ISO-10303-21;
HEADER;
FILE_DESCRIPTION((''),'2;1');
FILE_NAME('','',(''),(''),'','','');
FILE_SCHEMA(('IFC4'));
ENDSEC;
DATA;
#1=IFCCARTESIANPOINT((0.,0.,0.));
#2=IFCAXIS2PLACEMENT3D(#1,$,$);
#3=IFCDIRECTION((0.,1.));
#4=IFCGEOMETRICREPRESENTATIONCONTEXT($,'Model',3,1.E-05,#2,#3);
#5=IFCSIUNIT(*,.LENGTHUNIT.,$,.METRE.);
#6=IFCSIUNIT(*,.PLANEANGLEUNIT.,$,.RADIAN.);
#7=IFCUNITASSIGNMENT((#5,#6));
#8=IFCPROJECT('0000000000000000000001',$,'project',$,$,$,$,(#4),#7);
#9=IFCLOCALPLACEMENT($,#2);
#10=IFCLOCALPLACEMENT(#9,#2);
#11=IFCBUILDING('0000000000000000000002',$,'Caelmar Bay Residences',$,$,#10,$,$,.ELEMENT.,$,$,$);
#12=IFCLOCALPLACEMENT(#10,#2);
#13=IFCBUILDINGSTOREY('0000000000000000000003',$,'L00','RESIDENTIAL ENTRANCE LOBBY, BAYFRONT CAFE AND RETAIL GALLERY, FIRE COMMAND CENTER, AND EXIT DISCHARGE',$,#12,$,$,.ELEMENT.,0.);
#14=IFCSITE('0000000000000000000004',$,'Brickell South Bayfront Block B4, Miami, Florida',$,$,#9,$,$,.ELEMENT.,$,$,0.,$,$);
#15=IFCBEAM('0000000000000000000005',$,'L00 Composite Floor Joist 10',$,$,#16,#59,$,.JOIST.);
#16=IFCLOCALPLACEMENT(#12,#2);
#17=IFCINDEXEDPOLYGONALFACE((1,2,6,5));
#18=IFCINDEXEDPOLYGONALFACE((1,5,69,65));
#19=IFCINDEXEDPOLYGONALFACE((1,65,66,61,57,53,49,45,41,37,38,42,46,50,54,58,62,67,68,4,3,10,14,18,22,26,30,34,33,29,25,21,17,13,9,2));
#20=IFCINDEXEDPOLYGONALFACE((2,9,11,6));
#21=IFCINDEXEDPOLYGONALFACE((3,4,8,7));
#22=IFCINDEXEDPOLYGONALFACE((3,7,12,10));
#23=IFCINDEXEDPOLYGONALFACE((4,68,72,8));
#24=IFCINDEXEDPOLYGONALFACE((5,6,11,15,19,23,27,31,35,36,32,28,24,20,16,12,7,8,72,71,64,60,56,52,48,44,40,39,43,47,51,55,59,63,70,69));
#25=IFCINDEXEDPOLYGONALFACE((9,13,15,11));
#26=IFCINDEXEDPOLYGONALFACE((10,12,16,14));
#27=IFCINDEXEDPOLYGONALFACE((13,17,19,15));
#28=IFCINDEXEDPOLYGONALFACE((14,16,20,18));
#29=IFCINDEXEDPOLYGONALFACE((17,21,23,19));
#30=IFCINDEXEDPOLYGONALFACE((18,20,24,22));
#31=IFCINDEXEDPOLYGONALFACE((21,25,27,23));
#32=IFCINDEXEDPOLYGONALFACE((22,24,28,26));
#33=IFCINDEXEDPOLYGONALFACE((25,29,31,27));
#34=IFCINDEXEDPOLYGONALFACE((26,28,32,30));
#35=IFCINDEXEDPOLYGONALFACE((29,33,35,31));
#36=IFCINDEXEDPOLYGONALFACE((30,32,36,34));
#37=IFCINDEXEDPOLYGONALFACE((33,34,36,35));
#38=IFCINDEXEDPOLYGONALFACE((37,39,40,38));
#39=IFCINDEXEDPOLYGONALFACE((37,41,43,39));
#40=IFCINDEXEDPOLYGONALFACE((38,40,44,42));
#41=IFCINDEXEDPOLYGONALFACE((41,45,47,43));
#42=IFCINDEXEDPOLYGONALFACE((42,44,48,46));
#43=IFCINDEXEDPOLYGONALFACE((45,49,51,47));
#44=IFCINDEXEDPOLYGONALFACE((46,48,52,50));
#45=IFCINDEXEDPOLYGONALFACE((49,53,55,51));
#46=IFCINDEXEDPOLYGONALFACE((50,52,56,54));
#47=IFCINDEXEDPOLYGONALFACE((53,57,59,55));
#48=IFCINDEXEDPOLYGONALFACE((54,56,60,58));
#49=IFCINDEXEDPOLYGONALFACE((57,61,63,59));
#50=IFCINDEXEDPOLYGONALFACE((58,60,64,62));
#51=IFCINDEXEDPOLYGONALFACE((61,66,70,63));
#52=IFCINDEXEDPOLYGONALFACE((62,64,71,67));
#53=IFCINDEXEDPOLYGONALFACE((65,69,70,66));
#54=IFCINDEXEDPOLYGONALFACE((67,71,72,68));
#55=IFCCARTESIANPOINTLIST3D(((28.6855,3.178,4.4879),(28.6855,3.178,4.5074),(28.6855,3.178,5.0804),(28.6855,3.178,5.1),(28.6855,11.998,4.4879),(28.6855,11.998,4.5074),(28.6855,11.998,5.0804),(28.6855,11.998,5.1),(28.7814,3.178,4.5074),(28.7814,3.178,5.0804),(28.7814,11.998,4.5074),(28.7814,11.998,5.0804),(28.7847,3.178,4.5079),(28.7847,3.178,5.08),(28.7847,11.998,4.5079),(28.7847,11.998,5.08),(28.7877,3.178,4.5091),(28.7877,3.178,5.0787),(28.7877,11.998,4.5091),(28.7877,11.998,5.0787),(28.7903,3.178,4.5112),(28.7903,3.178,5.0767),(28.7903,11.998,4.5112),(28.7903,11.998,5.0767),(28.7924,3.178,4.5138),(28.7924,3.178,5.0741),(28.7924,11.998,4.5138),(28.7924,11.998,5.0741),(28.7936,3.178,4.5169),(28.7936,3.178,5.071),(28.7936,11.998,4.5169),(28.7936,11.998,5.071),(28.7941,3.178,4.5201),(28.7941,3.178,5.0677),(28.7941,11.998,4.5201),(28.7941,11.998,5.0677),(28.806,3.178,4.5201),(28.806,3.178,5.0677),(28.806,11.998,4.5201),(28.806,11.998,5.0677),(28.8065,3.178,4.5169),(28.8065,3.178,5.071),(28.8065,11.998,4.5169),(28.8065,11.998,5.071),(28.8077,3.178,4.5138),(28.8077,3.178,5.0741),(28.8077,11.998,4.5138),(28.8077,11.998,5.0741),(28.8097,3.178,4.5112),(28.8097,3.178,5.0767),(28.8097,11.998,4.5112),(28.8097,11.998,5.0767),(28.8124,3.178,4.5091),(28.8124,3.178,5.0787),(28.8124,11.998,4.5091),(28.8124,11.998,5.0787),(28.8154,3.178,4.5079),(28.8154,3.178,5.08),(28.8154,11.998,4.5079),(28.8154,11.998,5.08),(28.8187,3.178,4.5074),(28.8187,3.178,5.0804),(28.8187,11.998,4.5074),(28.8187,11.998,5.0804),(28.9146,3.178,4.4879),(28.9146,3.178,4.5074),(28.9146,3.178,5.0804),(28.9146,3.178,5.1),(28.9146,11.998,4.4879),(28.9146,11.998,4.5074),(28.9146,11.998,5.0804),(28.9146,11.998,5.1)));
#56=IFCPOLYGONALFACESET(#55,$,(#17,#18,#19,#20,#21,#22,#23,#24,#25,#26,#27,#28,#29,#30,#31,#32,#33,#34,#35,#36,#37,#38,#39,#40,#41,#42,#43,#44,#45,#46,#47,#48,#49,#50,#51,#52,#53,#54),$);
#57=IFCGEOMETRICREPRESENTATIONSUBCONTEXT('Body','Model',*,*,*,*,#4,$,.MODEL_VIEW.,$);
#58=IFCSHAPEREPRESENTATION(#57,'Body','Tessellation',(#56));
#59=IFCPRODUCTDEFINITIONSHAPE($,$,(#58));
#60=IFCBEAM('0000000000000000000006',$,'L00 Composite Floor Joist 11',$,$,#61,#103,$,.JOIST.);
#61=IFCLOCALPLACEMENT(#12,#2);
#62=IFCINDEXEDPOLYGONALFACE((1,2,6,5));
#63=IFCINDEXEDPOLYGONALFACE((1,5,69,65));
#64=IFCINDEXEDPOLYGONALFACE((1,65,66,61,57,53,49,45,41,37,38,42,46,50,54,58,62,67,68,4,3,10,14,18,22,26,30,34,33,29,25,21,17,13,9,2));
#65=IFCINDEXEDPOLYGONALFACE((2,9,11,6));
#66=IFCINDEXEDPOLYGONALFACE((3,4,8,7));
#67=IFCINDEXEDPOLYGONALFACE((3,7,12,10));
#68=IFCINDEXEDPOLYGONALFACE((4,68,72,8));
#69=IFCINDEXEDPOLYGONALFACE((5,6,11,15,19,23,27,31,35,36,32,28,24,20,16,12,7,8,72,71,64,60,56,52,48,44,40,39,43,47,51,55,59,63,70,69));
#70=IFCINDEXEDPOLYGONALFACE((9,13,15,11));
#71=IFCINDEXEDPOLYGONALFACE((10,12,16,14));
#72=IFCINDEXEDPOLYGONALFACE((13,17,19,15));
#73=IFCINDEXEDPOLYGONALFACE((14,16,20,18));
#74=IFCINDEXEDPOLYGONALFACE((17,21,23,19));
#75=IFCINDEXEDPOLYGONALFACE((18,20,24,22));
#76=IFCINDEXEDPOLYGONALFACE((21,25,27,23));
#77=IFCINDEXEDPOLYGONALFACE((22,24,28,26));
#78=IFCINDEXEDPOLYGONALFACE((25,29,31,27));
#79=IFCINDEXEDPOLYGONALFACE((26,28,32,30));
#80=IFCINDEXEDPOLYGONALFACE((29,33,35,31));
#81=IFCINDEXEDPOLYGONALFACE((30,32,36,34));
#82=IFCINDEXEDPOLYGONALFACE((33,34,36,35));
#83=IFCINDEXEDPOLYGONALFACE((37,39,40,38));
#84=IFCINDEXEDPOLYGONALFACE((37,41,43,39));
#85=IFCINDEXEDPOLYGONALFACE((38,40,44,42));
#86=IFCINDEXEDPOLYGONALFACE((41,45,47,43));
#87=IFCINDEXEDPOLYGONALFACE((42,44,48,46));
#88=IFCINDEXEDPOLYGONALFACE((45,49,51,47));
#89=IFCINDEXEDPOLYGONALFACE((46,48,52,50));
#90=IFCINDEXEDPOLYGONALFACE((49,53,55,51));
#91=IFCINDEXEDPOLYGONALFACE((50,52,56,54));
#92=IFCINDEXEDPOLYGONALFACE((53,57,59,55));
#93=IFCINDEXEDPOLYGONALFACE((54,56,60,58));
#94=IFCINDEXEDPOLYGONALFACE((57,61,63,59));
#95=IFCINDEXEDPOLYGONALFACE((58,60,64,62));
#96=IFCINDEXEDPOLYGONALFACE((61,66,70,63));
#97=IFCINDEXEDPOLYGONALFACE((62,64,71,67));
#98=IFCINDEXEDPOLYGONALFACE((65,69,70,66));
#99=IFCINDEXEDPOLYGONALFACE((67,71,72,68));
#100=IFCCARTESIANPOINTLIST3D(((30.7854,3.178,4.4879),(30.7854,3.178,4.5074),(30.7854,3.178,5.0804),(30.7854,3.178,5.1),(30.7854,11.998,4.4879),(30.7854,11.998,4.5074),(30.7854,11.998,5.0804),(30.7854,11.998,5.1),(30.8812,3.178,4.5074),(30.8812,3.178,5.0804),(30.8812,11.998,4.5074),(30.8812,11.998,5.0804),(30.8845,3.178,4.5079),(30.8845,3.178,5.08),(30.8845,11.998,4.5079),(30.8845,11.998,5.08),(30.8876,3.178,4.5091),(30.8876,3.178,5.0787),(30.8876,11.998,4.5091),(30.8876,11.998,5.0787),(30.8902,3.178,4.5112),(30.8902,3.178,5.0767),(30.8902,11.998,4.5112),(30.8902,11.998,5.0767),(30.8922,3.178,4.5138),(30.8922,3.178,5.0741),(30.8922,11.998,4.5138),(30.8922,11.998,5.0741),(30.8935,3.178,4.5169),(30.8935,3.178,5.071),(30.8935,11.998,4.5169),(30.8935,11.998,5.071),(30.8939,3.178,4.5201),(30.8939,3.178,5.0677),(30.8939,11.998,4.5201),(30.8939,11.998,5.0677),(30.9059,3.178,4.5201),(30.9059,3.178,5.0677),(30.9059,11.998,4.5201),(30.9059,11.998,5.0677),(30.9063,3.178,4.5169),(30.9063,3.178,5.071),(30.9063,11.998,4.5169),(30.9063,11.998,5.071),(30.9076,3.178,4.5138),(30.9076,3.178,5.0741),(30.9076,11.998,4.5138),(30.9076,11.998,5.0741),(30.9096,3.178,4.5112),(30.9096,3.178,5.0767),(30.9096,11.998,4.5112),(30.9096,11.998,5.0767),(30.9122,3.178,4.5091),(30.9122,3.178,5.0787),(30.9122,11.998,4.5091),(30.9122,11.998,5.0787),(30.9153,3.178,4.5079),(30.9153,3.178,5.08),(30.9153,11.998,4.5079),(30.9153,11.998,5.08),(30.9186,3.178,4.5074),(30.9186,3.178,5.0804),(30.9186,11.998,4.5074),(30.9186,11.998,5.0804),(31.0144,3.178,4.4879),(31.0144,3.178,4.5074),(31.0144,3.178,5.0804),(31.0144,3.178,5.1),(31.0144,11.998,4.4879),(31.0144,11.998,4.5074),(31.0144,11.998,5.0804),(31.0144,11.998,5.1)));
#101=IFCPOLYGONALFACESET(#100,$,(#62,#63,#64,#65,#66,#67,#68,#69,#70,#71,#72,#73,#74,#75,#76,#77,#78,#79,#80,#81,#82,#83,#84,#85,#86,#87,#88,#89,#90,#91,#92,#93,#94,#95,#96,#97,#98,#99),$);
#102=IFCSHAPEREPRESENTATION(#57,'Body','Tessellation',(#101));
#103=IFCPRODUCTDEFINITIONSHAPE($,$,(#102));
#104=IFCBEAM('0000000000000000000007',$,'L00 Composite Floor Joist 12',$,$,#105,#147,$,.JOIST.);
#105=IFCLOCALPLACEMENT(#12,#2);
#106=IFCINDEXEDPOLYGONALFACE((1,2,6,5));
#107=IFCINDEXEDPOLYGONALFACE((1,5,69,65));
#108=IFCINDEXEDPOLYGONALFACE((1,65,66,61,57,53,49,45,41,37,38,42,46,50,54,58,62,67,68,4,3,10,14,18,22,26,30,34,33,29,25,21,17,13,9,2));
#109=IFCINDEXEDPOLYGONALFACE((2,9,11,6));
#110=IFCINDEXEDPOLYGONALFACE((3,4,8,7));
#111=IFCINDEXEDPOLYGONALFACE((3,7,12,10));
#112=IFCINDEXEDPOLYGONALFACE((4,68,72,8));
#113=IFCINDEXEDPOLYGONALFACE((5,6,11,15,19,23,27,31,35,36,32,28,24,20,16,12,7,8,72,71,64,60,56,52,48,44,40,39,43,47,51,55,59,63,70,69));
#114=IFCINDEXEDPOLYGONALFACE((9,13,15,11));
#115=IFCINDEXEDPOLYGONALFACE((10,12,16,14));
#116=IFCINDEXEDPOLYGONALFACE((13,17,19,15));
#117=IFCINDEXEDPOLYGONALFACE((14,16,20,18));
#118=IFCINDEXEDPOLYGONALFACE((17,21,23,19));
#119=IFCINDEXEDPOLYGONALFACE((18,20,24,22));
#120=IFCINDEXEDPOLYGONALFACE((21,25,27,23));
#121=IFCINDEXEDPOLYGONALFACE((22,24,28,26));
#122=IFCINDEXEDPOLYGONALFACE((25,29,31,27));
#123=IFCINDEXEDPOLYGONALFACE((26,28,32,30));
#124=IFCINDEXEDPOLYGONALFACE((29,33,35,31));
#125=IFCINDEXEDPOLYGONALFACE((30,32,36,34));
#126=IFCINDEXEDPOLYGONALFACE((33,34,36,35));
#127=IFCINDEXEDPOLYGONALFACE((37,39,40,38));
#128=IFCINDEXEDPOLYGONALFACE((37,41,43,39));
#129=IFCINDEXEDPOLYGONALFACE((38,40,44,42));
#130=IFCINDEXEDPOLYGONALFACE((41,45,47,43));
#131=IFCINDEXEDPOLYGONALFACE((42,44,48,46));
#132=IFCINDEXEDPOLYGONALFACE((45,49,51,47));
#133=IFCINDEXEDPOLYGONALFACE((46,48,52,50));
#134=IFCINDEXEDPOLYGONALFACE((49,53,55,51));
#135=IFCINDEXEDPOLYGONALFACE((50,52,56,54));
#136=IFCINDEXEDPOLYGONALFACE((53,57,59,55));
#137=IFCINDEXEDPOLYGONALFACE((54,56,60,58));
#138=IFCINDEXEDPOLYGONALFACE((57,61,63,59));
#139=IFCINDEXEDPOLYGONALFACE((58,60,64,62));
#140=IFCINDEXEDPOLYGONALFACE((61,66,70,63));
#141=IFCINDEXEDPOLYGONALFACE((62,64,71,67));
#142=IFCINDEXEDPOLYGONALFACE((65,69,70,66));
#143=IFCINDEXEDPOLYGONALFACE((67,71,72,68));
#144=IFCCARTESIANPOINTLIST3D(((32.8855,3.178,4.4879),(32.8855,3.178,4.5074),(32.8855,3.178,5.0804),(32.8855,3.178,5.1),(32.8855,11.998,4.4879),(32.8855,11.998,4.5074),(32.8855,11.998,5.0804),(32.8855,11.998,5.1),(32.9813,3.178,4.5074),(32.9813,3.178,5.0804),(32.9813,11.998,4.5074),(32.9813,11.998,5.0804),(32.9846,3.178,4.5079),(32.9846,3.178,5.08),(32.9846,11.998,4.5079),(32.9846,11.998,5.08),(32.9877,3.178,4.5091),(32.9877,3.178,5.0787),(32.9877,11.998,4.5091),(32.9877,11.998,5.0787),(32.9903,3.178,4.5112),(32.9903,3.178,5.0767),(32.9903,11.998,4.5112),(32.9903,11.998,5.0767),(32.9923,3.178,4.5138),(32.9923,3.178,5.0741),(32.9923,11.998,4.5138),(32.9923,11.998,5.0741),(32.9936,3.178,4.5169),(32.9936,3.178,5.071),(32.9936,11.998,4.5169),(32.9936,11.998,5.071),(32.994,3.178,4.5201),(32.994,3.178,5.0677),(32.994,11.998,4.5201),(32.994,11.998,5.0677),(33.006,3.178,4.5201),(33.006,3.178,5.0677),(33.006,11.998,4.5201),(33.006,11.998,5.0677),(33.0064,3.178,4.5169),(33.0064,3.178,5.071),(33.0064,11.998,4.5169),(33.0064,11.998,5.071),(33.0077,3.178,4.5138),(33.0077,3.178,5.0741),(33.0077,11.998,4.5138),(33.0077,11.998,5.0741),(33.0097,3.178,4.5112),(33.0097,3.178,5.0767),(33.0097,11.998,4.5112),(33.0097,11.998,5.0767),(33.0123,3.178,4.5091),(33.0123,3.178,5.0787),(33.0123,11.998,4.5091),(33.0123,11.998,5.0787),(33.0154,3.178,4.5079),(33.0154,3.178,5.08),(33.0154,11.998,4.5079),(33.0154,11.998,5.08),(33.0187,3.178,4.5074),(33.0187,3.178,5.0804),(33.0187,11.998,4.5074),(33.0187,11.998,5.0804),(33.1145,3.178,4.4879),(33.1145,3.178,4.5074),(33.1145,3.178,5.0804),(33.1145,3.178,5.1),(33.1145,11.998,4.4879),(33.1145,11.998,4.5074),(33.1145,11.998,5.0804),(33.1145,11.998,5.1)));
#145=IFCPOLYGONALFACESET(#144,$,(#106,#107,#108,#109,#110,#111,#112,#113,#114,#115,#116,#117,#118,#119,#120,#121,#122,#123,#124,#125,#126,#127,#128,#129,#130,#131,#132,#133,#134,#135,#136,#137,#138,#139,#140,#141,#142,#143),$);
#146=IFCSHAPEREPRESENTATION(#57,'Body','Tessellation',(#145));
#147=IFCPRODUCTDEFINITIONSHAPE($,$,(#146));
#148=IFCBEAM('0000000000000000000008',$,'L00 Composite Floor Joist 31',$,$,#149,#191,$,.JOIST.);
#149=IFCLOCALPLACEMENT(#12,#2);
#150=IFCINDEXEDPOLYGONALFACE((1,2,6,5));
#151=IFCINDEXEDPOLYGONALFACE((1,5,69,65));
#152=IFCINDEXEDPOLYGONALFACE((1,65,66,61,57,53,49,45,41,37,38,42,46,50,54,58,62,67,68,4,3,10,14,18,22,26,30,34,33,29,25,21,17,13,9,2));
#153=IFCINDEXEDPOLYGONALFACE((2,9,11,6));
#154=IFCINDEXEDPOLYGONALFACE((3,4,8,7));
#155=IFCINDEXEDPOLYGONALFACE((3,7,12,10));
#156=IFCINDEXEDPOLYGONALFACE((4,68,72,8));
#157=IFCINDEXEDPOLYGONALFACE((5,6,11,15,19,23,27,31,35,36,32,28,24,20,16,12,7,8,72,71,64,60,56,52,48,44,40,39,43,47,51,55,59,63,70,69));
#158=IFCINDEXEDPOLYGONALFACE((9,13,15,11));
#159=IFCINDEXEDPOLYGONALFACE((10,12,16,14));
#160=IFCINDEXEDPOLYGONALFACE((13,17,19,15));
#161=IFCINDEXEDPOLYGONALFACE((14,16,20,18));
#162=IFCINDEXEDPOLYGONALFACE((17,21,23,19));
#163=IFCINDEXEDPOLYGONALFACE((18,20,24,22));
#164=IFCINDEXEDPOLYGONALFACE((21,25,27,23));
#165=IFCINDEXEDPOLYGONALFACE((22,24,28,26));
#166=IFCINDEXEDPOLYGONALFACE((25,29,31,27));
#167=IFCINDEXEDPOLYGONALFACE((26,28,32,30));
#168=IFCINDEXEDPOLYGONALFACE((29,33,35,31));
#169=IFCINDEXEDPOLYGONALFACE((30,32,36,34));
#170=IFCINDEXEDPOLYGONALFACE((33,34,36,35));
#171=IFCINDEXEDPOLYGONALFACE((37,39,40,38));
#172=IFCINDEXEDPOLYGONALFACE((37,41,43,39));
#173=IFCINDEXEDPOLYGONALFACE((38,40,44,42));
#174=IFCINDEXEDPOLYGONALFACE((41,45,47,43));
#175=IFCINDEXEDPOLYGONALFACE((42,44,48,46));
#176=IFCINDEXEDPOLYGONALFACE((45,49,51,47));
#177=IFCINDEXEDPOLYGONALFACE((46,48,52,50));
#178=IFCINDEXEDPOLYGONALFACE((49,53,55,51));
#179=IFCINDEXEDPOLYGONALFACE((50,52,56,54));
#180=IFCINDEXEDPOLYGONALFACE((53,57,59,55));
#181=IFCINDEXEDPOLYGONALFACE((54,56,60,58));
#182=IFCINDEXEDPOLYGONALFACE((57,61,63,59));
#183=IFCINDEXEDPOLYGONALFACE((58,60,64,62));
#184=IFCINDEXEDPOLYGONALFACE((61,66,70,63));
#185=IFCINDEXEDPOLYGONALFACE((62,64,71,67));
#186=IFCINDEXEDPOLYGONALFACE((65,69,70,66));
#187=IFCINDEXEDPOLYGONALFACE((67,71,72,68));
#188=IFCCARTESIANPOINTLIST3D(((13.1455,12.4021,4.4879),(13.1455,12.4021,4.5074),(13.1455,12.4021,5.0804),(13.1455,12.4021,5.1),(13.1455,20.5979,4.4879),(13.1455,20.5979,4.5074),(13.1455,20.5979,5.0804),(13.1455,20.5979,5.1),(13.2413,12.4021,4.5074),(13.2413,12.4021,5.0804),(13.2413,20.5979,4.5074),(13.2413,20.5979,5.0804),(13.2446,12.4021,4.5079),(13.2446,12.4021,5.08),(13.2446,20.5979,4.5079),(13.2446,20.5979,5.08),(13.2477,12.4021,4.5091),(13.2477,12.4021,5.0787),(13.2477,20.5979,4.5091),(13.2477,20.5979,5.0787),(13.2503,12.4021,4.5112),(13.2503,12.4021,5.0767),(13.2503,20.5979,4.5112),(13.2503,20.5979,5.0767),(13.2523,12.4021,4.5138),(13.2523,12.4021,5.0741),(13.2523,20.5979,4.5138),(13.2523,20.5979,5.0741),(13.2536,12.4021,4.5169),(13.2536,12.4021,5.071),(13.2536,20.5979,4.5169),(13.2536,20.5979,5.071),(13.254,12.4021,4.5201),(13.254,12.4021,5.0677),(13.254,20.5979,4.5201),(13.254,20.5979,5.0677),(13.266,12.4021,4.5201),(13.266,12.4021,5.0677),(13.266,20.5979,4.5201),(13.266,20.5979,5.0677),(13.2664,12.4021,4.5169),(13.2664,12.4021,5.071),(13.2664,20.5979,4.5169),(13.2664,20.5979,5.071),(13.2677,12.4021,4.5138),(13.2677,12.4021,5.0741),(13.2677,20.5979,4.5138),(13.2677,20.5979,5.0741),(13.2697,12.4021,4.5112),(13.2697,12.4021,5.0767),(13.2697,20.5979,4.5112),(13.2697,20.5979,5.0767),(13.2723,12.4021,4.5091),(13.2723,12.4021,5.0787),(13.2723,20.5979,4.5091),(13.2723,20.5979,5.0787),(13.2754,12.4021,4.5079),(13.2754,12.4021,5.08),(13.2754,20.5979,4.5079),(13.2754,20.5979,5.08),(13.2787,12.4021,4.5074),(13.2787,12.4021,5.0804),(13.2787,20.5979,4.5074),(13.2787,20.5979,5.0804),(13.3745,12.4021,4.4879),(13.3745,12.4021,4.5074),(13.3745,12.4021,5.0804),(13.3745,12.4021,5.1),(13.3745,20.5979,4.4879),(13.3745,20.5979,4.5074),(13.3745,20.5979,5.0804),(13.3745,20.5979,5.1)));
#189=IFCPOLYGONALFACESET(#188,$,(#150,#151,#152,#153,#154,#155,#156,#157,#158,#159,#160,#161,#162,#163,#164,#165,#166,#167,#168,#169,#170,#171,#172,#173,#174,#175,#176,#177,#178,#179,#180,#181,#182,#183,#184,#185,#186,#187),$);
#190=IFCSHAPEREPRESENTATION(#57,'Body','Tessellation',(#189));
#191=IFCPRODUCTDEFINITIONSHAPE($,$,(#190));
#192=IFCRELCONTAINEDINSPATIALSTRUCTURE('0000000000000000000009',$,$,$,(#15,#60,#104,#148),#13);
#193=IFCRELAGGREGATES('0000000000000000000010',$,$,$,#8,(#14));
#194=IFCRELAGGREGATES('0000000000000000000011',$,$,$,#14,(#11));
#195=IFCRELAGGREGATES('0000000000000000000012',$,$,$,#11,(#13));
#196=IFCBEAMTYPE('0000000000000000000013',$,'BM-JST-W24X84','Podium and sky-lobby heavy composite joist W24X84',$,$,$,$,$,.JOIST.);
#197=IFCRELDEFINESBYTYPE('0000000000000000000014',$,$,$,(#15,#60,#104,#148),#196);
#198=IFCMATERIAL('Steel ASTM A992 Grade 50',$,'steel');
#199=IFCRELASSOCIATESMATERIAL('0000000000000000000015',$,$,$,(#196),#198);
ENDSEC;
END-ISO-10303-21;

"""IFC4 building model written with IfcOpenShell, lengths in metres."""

from ifc_helpers import new_model, si_unit, direction, frame, origin, origin_2d, place, context, subcontext, project, spatial, i_section, extrude, material, material_profile, profile_set, type_object, element, save


model = new_model("IFC4")

# Units and contexts
model_context = context("Model", 3, precision=1e-05, world=origin(), true_north=direction((0.0, 1.0)))
body_context = subcontext(model_context, "Body", "Model", "MODEL_VIEW")
ifc_project = project(units=[si_unit("LENGTHUNIT", "METRE"), si_unit("PLANEANGLEUNIT", "RADIAN")], contexts=[model_context])

# Site, building, storey
site_placement = place(None, origin())
site = spatial("IfcSite", under=ifc_project, at=site_placement, Name="Brickell South Bayfront Block B4, Miami, Florida", CompositionType="ELEMENT", RefElevation=0.0)
building_placement = place(site_placement, origin())
building = spatial("IfcBuilding", under=site, at=building_placement, Name="Caelmar Bay Residences", CompositionType="ELEMENT")
storey_placement = place(building_placement, origin())
storey = spatial("IfcBuildingStorey", under=building, at=storey_placement, Name="L00", Description="RESIDENTIAL ENTRANCE LOBBY, BAYFRONT CAFE AND RETAIL GALLERY, FIRE COMMAND CENTER, AND EXIT DISCHARGE", CompositionType="ELEMENT", Elevation=0.0)

# Beams
ifc_material_1 = material(Name="Steel ASTM A992 Grade 50", Category="steel")
ifc_material_profile_1 = material_profile(ifc_material_1, i_section(OverallWidth=0.229, OverallDepth=0.6121, WebThickness=0.012, FlangeThickness=0.0195, FilletRadius=0.0127, at=origin_2d()), Name="W24X84")
ifc_profile_set_1 = profile_set([ifc_material_profile_1], Name="Steel ASTM A992 Grade 50")
beam_type_1 = type_object("IfcBeamType", Name="BM-JST-W24X84", Description="Podium and sky-lobby heavy composite joist W24X84", PredefinedType="JOIST", material=ifc_profile_set_1)
for number, where, z_axis, x_axis, name in (
    (1, (28.8, 3.178, 4.7939), (0.0, 1.0, 0.0), (-1.0, 0.0, 0.0), "L00 Composite Floor Joist 10"),
    (2, (30.8999, 3.178, 4.7939), (0.0, 1.0, 0.0), (-1.0, 0.0, 0.0), "L00 Composite Floor Joist 11"),
    (3, (33.0, 3.178, 4.7939), (0.0, 1.0, 0.0), (-1.0, 0.0, 0.0), "L00 Composite Floor Joist 12"),
):
    element("IfcBeam", number, at=place(storey_placement, frame(where, z_axis=z_axis, x_axis=x_axis)), inside=storey, type_object=beam_type_1, Name=name, PredefinedType="JOIST", context=body_context, shape_type="SweptSolid", body=[
        extrude(i_section(OverallWidth=0.229, OverallDepth=0.6121, WebThickness=0.012, FlangeThickness=0.0195, FilletRadius=0.0127, at=origin_2d()), origin(), (0.0, 0.0, 1.0), 8.8201),
    ])
for number, where, z_axis, x_axis, name in (
    (4, (13.26, 12.4021, 4.7939), (0.0, 1.0, 0.0), (-1.0, 0.0, 0.0), "L00 Composite Floor Joist 31"),
):
    element("IfcBeam", number, at=place(storey_placement, frame(where, z_axis=z_axis, x_axis=x_axis)), inside=storey, type_object=beam_type_1, Name=name, PredefinedType="JOIST", context=body_context, shape_type="SweptSolid", body=[
        extrude(i_section(OverallWidth=0.229, OverallDepth=0.6121, WebThickness=0.012, FlangeThickness=0.0195, FilletRadius=0.0127, at=origin_2d()), origin(), (0.0, 0.0, 1.0), 8.1958),
    ])

save(model, "model.ifc")
